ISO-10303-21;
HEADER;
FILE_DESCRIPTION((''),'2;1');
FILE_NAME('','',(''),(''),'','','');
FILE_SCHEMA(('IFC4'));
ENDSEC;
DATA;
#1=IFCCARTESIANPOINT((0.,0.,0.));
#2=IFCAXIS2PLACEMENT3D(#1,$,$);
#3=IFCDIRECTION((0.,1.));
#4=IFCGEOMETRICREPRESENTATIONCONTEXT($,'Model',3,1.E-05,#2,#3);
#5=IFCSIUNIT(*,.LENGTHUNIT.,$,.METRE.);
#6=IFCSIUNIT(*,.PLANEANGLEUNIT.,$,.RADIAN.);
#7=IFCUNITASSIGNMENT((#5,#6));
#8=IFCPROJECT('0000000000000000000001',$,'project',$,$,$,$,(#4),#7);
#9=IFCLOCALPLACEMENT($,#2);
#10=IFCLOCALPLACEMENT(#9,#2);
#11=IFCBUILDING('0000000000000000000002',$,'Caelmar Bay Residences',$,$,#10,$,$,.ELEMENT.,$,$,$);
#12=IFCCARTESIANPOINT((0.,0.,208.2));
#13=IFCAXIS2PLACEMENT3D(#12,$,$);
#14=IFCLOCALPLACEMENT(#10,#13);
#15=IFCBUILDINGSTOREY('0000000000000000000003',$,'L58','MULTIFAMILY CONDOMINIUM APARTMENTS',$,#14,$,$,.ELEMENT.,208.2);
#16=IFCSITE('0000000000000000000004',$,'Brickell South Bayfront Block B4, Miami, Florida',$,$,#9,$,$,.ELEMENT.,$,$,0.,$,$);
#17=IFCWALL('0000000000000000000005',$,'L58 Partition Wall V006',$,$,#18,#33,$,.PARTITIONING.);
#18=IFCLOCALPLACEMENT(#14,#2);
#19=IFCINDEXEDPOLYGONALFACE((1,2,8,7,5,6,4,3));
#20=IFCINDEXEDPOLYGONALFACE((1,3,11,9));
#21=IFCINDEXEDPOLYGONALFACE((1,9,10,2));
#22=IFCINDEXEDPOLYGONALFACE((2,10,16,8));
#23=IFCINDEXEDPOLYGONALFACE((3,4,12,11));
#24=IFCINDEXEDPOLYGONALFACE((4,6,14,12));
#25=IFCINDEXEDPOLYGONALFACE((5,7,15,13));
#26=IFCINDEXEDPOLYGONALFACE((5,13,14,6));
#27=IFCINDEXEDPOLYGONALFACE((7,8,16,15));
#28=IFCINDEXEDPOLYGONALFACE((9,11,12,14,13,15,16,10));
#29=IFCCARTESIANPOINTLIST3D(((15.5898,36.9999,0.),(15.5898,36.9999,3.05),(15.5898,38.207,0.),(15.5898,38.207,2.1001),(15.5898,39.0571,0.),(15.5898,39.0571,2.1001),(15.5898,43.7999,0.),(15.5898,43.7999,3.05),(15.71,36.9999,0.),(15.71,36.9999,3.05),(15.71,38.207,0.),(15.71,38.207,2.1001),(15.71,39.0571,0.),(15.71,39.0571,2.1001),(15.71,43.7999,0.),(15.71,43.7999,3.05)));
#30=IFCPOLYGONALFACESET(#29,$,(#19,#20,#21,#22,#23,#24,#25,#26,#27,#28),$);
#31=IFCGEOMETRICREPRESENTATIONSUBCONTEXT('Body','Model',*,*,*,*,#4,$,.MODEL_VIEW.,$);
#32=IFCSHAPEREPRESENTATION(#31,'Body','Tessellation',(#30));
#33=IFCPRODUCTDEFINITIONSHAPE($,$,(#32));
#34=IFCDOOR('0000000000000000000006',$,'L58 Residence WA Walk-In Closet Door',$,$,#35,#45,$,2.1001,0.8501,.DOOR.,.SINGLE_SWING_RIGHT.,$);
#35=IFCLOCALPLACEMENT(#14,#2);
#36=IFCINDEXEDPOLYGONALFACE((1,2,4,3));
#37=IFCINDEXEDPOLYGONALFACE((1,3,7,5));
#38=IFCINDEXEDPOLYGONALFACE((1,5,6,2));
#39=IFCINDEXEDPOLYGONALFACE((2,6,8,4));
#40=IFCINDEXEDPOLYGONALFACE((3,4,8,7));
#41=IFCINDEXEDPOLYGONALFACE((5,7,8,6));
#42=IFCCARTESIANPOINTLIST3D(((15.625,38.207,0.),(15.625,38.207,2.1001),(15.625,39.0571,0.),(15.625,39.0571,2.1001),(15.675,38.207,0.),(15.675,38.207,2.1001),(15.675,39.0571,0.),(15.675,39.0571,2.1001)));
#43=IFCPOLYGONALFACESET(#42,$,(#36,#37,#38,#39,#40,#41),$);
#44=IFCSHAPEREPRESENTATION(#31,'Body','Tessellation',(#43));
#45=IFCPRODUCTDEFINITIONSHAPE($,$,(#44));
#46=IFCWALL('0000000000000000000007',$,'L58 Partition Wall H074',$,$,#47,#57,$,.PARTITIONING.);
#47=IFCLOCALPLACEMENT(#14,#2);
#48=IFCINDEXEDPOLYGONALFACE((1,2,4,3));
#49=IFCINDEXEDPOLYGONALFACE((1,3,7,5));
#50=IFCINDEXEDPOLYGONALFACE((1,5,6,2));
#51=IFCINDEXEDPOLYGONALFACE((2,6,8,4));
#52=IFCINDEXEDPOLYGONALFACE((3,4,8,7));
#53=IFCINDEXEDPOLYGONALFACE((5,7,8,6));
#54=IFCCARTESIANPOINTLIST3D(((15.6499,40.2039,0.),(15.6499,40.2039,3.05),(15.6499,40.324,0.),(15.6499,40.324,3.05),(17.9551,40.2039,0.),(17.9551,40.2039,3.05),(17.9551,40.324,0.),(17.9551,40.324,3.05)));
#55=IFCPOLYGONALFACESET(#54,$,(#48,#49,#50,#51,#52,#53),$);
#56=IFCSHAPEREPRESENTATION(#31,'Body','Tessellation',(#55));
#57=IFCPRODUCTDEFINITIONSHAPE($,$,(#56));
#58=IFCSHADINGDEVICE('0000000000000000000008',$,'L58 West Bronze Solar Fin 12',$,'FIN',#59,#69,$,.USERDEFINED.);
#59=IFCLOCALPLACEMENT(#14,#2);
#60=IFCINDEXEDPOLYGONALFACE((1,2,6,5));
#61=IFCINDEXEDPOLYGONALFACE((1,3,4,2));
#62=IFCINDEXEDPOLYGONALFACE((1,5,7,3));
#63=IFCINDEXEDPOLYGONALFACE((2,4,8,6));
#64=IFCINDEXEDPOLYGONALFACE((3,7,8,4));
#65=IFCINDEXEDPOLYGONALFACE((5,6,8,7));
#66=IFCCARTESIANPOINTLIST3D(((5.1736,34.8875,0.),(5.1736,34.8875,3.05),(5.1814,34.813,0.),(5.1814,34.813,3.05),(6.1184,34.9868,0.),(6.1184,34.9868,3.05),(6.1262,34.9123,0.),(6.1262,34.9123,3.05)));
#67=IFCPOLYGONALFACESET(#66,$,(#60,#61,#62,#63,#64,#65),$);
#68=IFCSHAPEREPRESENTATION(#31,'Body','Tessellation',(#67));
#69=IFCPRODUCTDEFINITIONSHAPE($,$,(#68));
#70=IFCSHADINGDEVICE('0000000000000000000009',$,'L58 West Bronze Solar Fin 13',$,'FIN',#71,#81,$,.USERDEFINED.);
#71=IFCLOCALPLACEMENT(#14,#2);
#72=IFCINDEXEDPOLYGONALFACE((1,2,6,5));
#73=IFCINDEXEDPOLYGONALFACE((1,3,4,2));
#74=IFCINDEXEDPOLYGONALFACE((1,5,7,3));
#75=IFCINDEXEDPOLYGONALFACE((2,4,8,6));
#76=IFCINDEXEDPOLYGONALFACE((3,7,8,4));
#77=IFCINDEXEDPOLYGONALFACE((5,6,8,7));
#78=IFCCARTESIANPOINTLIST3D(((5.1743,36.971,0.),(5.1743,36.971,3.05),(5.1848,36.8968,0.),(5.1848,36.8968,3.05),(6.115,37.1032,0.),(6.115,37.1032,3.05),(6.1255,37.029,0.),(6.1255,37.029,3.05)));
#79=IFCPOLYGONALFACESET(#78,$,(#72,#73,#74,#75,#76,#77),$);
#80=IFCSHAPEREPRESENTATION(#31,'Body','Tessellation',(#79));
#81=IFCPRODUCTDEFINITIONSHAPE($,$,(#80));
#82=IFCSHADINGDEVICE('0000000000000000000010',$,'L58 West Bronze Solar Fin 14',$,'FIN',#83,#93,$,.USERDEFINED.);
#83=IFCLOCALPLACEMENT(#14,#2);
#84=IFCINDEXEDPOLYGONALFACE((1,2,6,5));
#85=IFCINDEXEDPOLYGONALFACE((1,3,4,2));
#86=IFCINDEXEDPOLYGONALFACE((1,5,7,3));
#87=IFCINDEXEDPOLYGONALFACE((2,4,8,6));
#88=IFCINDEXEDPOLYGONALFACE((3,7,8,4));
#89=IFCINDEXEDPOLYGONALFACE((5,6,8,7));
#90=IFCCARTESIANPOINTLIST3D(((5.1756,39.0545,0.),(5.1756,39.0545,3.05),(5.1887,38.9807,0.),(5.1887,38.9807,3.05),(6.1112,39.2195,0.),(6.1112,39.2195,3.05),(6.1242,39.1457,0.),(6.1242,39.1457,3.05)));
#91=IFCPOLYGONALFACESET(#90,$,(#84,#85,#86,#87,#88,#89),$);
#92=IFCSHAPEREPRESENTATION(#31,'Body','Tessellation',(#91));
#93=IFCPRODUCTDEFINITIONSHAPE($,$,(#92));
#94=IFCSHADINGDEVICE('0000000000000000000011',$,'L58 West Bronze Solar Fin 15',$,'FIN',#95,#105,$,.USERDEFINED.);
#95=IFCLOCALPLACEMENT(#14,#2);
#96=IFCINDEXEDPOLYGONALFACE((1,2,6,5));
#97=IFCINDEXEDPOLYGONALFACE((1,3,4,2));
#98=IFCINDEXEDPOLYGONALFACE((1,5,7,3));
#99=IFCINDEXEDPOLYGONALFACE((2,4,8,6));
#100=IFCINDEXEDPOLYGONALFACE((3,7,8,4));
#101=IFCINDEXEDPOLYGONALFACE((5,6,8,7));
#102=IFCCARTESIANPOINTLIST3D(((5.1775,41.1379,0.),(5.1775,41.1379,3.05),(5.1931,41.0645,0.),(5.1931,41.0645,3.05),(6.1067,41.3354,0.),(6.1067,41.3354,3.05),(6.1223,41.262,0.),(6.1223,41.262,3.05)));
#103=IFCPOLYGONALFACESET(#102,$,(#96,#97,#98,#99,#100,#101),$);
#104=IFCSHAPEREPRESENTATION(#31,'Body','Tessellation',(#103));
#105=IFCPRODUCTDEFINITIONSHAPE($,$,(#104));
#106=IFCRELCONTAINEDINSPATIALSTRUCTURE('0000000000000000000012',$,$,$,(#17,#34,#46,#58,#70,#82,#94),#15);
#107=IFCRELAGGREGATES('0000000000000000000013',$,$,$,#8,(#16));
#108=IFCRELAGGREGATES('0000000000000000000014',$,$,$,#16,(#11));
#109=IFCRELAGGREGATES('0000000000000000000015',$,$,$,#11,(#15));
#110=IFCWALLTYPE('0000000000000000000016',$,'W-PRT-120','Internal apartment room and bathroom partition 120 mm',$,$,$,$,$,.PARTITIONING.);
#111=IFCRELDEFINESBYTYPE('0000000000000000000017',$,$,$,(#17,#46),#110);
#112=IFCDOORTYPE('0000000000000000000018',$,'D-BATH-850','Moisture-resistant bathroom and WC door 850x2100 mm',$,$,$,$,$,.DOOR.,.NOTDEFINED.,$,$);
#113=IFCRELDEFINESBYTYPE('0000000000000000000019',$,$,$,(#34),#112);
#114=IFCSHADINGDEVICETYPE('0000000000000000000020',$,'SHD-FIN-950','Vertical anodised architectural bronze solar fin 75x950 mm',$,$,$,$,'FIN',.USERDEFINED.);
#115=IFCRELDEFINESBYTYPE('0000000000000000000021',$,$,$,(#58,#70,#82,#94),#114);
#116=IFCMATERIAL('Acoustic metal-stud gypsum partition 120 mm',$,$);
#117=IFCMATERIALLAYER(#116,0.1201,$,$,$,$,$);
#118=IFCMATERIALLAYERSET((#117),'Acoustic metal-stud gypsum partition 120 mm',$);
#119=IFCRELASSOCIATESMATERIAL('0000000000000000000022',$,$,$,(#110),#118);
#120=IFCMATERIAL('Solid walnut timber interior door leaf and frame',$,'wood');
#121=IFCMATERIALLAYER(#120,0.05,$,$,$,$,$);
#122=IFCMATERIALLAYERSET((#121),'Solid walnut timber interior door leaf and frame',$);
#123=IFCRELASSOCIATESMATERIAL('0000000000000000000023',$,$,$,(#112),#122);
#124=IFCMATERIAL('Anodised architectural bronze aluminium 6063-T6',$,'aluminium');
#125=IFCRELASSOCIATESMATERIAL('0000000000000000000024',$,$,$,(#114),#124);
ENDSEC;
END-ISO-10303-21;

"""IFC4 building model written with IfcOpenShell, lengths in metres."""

from ifc_helpers import new_model, si_unit, direction, frame, frame_2d, origin, origin_2d, place, context, subcontext, project, spatial, rectangle, extrude, material, layer, layer_set, material_profile, profile_set, type_object, element, fill, save


model = new_model("IFC4")

# Units and contexts
model_context = context("Model", 3, precision=1e-05, world=origin(), true_north=direction((0.0, 1.0)))
body_context = subcontext(model_context, "Body", "Model", "MODEL_VIEW")
ifc_project = project(units=[si_unit("LENGTHUNIT", "METRE"), si_unit("PLANEANGLEUNIT", "RADIAN")], contexts=[model_context])

# Site, building, storey
site_placement = place(None, origin())
site = spatial("IfcSite", under=ifc_project, at=site_placement, Name="Brickell South Bayfront Block B4, Miami, Florida", CompositionType="ELEMENT", RefElevation=0.0)
building_placement = place(site_placement, origin())
building = spatial("IfcBuilding", under=site, at=building_placement, Name="Caelmar Bay Residences", CompositionType="ELEMENT")
storey_placement = place(building_placement, frame((0.0, 0.0, 208.2)))
storey = spatial("IfcBuildingStorey", under=building, at=storey_placement, Name="L58", Description="MULTIFAMILY CONDOMINIUM APARTMENTS", CompositionType="ELEMENT", Elevation=208.2)

# Wall, opening, door
ifc_material_1 = material(Name="Solid walnut timber interior door leaf and frame", Category="wood")
ifc_material_2 = material(Name="Acoustic metal-stud gypsum partition 120 mm")
ifc_layer_1 = layer(ifc_material_2, 0.1201)
ifc_layer_set_1 = layer_set([ifc_layer_1], Name="Acoustic metal-stud gypsum partition 120 mm")
wall_type_1 = type_object("IfcWallType", Name="W-PRT-120", Description="Internal apartment room and bathroom partition 120 mm", PredefinedType="PARTITIONING", material=ifc_layer_set_1)
wall_1_placement = place(storey_placement, frame((15.6499, 37.0, 0.0), z_axis=(0.0, 0.0, 1.0), x_axis=(0.0, 1.0, 0.0)))
wall_1 = element("IfcWall", 1, at=wall_1_placement, inside=storey, type_object=wall_type_1, Name="L58 Partition Wall V006", PredefinedType="PARTITIONING", context=body_context, shape_type="SweptSolid", body=[
    extrude(rectangle(XDim=6.8, YDim=0.1201, at=frame_2d((3.3999, 0.0))), origin(), (0.0, 0.0, 1.0), 3.05),
])
opening_1_placement = place(wall_1_placement, frame((1.207, 0.0, 0.0)))
opening_1 = element("IfcOpeningElement", 2, at=opening_1_placement, cuts=wall_1, PredefinedType="OPENING", context=body_context, shape_type="SweptSolid", body=[
    extrude(rectangle(XDim=0.8501, YDim=2.1001, at=frame_2d((0.425, 1.05))), frame((0.0, 0.0701, 0.0), z_axis=(0.0, -1.0, 0.0), x_axis=(1.0, 0.0, 0.0)), (0.0, 0.0, 1.0), 0.1401),
])
ifc_layer_2 = layer(ifc_material_1, 0.05)
ifc_layer_set_2 = layer_set([ifc_layer_2], Name="Solid walnut timber interior door leaf and frame")
door_type_1 = type_object("IfcDoorType", Name="D-BATH-850", Description="Moisture-resistant bathroom and WC door 850x2100 mm", OperationType="NOTDEFINED", PredefinedType="DOOR", material=ifc_layer_set_2)
door_1_placement = place(opening_1_placement, origin())
door_1 = element("IfcDoor", 3, at=door_1_placement, inside=storey, type_object=door_type_1, Name="L58 Residence WA Walk-In Closet Door", OperationType="SINGLE_SWING_RIGHT", OverallHeight=2.1001, OverallWidth=0.8501, PredefinedType="DOOR", context=body_context, shape_type="SweptSolid", body=[
    extrude(rectangle(XDim=0.8501, YDim=2.1001, at=frame_2d((0.425, 1.05))), frame((0.0, 0.0249, 0.0), z_axis=(0.0, -1.0, 0.0), x_axis=(1.0, 0.0, 0.0)), (0.0, 0.0, 1.0), 0.05),
])
fill(opening_1, door_1)

# Wall
wall_2_placement = place(storey_placement, frame((15.6499, 40.2639, 0.0), z_axis=(0.0, 0.0, 1.0), x_axis=(1.0, 0.0, 0.0)))
element("IfcWall", 4, at=wall_2_placement, inside=storey, type_object=wall_type_1, Name="L58 Partition Wall H074", PredefinedType="PARTITIONING", context=body_context, shape_type="SweptSolid", body=[
    extrude(rectangle(XDim=2.3052, YDim=0.1201, at=frame_2d((1.1526, 0.0))), origin(), (0.0, 0.0, 1.0), 3.05),
])

# Shading devices
ifc_material_3 = material(Name="Anodised architectural bronze aluminium 6063-T6", Category="aluminium")
ifc_material_profile = material_profile(ifc_material_3, rectangle(XDim=0.075, YDim=0.95, at=origin_2d()), Name="BRONZE-FIN-75X950")
ifc_profile_set = profile_set([ifc_material_profile], Name="Anodised architectural bronze aluminium 6063-T6")
shading_device_type = type_object("IfcShadingDeviceType", Name="SHD-FIN-950", Description="Vertical anodised architectural bronze solar fin 75x950 mm", ElementType="FIN", PredefinedType="USERDEFINED", material=ifc_profile_set)
for number, where, z_axis, x_axis, name in (
    (5, (5.6499, 34.8999, 0.0), (0.0, 0.0, 1.0), (-0.104528, 0.994522, 0.0), "L58 West Bronze Solar Fin 12"),
    (6, (5.6499, 37.0, 0.0), (0.0, 0.0, 1.0), (-0.139173, 0.990268, 0.0), "L58 West Bronze Solar Fin 13"),
    (7, (5.6499, 39.1001, 0.0), (0.0, 0.0, 1.0), (-0.173648, 0.984808, 0.0), "L58 West Bronze Solar Fin 14"),
    (8, (5.6499, 41.2, 0.0), (0.0, 0.0, 1.0), (-0.207912, 0.978148, 0.0), "L58 West Bronze Solar Fin 15"),
):
    element("IfcShadingDevice", number, at=place(storey_placement, frame(where, z_axis=z_axis, x_axis=x_axis)), inside=storey, type_object=shading_device_type, Name=name, ObjectType="FIN", PredefinedType="USERDEFINED", context=body_context, shape_type="SweptSolid", body=[
        extrude(rectangle(XDim=0.075, YDim=0.95, at=origin_2d()), origin(), (0.0, 0.0, 1.0), 3.05),
    ])

save(model, "model.ifc")
